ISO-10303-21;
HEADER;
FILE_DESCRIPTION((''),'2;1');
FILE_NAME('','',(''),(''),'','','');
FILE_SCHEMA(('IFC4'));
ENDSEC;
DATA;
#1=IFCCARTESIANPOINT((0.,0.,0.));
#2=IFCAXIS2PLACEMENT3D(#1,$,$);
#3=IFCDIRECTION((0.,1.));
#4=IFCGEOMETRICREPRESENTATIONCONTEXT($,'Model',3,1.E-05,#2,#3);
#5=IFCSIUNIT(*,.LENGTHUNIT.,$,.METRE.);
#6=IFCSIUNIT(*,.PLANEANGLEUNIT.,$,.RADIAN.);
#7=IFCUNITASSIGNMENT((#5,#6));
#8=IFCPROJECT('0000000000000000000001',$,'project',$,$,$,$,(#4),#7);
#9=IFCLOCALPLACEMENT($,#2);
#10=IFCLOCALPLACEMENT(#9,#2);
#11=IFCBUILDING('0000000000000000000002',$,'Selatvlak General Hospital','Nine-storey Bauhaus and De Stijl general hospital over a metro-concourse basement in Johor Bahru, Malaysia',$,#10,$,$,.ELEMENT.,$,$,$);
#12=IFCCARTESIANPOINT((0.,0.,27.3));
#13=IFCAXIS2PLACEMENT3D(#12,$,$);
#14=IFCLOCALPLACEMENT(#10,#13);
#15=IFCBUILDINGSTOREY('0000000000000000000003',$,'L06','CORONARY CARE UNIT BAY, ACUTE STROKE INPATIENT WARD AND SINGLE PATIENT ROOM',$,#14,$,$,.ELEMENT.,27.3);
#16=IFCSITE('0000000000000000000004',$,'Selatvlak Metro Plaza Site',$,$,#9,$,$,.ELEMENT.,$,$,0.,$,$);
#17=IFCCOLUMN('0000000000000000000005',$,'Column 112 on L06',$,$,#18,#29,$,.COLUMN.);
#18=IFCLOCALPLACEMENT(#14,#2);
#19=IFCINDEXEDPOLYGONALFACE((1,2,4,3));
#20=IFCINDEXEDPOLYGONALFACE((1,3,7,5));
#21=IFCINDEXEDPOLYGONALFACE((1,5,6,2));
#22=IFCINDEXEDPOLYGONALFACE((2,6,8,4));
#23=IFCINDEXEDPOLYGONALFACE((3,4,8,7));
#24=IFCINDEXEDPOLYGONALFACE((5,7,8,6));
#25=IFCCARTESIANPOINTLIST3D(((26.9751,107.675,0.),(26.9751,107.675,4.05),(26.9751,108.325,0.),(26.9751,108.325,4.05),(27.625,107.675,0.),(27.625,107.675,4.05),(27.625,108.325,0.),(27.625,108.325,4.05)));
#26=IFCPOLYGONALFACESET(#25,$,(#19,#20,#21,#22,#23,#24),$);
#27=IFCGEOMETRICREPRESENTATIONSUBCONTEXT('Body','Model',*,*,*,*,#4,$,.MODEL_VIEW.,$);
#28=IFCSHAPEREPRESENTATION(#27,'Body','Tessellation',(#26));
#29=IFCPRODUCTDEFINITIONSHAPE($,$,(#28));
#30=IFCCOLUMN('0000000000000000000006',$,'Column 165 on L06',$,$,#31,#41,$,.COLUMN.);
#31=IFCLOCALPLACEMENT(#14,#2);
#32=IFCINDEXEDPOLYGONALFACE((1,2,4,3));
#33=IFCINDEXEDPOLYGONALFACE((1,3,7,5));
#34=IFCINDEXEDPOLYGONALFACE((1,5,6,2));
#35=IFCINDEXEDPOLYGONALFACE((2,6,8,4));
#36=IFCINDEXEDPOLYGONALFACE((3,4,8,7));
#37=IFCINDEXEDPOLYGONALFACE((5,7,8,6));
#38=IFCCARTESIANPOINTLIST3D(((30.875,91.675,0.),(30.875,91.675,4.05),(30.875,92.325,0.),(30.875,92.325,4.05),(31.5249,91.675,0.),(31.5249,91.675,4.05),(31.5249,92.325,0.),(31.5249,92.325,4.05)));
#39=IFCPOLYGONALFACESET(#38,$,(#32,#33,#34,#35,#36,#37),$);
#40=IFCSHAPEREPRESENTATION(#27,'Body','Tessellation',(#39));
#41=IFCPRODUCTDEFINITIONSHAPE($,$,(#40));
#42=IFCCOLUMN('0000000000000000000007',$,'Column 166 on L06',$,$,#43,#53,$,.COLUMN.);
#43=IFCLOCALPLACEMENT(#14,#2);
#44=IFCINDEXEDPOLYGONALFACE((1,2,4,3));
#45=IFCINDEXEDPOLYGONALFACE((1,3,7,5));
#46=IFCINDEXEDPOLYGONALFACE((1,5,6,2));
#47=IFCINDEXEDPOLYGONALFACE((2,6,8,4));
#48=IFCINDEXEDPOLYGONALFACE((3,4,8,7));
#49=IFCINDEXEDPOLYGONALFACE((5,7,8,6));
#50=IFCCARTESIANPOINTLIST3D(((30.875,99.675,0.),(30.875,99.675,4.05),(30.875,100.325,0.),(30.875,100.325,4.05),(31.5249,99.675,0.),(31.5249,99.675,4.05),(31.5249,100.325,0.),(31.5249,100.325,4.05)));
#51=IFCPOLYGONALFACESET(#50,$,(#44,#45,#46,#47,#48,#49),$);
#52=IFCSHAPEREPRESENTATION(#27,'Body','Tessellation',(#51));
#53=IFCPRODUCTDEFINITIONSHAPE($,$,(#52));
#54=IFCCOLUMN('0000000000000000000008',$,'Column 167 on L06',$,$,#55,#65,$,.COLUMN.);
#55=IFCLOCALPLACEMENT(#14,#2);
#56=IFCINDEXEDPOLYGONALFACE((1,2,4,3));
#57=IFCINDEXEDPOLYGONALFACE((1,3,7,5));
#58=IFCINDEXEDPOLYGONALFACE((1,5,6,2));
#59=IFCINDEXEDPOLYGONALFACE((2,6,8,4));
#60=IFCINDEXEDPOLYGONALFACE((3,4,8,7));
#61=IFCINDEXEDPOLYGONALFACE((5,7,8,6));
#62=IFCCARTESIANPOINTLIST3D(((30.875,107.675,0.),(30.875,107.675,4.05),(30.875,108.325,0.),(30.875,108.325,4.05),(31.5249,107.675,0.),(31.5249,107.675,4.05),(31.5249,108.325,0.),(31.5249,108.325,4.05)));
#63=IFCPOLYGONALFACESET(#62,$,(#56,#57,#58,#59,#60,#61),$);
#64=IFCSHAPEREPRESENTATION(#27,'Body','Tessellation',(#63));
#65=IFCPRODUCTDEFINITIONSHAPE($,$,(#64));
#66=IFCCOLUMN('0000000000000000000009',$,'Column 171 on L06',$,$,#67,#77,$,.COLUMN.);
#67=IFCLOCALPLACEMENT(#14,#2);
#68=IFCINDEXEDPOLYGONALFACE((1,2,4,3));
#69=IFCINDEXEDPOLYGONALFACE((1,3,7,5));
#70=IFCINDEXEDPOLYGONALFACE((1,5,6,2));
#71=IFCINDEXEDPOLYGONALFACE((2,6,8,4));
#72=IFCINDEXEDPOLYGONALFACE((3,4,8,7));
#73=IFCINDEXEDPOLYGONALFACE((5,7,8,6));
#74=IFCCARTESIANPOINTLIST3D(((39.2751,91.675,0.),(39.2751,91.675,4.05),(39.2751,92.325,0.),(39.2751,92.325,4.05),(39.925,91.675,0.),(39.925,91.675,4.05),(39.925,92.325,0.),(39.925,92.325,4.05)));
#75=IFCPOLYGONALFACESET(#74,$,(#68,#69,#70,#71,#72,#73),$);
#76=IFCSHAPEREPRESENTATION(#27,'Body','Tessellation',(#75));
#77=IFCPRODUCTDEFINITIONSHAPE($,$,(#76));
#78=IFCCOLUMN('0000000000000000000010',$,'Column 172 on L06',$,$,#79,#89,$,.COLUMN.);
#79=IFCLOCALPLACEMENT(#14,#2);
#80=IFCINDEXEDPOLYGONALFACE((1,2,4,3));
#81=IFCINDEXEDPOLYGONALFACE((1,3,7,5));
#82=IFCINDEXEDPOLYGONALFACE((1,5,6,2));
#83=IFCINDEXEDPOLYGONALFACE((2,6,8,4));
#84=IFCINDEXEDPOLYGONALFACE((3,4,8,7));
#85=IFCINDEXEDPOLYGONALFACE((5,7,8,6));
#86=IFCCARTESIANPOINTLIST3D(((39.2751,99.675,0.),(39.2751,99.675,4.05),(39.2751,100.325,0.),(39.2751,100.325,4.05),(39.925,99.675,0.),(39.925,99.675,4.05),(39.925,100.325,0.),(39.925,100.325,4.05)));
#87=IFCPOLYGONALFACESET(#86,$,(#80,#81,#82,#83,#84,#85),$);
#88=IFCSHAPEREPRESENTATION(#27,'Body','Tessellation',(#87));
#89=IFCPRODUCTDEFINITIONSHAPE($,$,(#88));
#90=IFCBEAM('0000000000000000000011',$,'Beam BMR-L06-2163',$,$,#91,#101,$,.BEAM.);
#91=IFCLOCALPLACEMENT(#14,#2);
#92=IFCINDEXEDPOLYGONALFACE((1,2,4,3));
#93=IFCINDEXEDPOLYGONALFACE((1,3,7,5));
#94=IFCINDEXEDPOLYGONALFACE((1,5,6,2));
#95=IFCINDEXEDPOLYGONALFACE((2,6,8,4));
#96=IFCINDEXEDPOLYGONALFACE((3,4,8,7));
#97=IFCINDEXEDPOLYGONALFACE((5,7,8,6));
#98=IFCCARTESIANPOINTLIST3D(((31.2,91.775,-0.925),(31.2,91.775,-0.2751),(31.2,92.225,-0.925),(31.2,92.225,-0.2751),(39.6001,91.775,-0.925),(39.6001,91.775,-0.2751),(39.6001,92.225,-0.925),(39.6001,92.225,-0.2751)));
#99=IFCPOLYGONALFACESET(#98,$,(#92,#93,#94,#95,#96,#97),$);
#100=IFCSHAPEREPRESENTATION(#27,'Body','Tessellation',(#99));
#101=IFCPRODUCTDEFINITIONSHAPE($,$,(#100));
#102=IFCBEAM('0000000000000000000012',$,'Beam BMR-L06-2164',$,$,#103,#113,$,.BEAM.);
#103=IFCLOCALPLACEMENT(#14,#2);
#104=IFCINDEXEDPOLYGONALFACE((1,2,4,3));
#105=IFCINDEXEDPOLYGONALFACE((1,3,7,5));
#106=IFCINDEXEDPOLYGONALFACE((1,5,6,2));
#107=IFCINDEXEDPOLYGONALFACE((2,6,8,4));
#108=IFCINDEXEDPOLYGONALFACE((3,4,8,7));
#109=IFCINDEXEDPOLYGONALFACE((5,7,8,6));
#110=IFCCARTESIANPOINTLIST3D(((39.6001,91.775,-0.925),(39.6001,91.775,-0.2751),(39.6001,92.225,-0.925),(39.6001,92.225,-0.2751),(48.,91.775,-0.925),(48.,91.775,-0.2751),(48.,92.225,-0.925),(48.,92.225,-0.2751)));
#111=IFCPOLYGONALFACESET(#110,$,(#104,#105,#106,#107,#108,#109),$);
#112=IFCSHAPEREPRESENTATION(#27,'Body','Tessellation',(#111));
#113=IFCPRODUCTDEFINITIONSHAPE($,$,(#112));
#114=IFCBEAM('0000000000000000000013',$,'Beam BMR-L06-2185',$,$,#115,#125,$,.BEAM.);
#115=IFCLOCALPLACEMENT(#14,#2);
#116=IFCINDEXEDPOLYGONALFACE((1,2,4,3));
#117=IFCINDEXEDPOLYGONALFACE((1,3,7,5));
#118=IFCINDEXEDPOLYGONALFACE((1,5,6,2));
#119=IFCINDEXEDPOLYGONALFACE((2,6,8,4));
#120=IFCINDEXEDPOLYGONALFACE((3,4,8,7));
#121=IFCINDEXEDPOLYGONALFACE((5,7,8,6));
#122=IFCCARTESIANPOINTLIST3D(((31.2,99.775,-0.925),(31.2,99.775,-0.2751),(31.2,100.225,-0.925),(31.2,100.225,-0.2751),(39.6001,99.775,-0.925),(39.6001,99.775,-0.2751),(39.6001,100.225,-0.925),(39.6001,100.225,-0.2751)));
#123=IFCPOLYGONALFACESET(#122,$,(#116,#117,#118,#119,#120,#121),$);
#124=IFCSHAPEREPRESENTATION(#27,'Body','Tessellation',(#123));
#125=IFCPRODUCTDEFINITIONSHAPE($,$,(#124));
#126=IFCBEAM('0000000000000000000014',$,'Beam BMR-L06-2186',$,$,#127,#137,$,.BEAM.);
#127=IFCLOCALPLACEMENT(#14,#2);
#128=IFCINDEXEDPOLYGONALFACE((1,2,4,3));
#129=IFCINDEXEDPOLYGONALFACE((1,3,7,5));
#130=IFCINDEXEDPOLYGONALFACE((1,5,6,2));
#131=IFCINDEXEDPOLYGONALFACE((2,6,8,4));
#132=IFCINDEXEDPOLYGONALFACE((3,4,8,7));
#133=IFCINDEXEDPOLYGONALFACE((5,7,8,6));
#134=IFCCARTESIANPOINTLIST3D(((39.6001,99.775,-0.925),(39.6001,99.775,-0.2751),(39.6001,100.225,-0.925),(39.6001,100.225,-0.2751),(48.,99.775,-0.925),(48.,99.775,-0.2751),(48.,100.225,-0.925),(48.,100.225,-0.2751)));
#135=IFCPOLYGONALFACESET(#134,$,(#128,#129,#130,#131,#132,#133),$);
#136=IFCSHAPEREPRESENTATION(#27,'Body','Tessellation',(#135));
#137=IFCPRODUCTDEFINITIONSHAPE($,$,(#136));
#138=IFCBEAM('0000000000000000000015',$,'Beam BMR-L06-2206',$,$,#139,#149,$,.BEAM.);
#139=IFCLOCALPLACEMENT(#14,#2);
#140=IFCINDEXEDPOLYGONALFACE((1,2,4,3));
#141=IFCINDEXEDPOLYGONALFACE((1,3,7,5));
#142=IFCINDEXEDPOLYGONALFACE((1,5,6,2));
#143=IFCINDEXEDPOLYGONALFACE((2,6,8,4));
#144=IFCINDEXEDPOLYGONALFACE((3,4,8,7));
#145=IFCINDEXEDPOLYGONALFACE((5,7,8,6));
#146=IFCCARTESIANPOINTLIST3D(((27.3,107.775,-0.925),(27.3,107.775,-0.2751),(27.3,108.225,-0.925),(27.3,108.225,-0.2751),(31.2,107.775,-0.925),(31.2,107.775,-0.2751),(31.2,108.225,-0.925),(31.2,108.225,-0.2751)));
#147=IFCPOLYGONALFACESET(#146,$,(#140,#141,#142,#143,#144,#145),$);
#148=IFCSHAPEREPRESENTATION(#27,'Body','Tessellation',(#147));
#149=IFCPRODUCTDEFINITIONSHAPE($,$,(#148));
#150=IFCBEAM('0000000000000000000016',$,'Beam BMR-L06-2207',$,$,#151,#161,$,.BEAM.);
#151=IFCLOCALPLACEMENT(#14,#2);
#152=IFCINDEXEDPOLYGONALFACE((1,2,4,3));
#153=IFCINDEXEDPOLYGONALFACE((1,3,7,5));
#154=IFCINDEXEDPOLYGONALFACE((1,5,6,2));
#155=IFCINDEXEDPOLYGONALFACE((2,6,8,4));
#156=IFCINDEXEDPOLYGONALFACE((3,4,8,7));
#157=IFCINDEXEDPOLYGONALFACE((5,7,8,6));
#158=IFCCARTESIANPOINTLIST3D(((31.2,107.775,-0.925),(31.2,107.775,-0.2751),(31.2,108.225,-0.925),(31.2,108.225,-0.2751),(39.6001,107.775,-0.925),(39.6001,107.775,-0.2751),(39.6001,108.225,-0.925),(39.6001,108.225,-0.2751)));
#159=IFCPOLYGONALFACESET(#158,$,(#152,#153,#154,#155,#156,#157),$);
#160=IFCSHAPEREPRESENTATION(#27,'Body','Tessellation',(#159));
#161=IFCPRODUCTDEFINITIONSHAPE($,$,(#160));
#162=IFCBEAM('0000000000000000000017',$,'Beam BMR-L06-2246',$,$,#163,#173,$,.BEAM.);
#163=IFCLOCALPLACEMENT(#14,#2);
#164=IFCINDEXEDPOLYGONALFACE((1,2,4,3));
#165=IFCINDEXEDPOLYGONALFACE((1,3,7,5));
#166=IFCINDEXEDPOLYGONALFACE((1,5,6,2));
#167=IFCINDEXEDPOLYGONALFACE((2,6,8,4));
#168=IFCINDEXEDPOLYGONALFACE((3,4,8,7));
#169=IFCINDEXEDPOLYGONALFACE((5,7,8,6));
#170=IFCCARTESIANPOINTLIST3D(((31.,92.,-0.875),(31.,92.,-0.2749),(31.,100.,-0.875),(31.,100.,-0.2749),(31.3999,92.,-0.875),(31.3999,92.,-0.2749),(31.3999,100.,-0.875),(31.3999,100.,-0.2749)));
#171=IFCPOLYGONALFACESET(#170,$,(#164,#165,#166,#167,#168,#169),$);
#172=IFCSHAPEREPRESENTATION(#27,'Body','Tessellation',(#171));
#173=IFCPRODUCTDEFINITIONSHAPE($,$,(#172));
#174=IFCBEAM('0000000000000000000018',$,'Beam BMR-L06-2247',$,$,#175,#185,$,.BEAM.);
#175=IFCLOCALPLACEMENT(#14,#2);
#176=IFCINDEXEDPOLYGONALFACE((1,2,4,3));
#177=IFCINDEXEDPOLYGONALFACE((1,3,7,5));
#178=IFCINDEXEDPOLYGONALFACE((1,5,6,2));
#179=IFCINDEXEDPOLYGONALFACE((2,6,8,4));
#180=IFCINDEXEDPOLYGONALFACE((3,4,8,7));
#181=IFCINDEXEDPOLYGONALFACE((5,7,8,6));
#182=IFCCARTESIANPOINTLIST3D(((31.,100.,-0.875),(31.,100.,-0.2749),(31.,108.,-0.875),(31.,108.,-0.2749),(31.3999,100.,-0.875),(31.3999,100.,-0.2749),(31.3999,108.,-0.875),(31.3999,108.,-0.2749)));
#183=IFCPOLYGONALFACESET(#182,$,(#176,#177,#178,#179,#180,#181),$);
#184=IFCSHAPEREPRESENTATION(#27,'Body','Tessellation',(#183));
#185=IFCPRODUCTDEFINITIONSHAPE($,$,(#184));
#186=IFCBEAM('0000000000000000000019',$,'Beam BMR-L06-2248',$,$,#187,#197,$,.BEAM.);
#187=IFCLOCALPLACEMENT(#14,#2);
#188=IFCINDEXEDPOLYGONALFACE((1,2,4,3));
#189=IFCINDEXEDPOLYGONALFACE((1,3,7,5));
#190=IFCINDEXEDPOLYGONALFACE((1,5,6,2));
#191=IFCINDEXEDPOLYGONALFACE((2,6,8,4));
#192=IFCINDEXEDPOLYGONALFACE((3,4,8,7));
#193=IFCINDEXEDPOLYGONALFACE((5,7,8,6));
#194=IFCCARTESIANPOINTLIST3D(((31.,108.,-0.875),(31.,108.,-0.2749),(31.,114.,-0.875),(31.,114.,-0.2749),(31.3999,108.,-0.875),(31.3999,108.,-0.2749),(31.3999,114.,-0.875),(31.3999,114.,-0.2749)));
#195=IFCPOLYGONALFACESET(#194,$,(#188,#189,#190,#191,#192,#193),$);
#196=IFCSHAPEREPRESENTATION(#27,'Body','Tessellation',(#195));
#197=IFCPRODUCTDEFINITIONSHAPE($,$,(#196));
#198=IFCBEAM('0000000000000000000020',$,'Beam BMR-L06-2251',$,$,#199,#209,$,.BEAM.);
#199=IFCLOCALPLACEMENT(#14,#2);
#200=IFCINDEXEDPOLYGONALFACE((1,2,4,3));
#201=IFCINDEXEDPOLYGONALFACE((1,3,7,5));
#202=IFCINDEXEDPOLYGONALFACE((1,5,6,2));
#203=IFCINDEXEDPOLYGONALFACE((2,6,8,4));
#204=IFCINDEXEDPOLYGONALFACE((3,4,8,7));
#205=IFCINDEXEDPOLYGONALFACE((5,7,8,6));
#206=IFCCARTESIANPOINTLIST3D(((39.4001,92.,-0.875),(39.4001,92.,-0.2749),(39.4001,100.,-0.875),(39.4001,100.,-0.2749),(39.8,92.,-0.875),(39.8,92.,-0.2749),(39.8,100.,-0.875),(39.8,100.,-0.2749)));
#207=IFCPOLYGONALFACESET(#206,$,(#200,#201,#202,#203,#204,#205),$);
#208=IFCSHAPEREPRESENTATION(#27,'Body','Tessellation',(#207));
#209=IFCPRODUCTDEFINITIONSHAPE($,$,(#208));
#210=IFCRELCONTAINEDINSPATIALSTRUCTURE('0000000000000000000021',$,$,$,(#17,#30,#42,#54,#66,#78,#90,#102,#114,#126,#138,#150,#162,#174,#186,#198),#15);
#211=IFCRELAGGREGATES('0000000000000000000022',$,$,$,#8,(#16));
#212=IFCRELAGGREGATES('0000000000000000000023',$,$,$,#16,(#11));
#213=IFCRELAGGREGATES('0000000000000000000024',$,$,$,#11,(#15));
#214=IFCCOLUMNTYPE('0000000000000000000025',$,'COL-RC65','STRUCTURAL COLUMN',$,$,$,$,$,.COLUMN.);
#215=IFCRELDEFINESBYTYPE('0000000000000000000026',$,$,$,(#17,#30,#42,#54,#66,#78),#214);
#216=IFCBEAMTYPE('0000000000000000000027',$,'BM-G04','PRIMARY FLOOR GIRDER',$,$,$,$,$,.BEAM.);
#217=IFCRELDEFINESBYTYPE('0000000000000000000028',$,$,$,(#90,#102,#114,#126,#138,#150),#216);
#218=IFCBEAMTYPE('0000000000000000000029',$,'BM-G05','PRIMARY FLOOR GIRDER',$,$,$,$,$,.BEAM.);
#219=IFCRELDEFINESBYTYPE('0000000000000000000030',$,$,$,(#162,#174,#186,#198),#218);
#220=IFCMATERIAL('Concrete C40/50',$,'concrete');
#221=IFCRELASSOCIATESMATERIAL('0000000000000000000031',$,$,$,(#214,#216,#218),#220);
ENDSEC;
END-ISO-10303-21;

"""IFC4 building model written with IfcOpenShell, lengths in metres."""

from ifc_helpers import new_model, si_unit, direction, frame, origin, origin_2d, place, context, subcontext, project, spatial, rectangle, extrude, material, material_profile, profile_set, type_object, element, save


model = new_model("IFC4")

# Units and contexts
model_context = context("Model", 3, precision=1e-05, world=origin(), true_north=direction((0.0, 1.0)))
body_context = subcontext(model_context, "Body", "Model", "MODEL_VIEW")
ifc_project = project(units=[si_unit("LENGTHUNIT", "METRE"), si_unit("PLANEANGLEUNIT", "RADIAN")], contexts=[model_context])

# Site, building, storey
site_placement = place(None, origin())
site = spatial("IfcSite", under=ifc_project, at=site_placement, Name="Selatvlak Metro Plaza Site", CompositionType="ELEMENT", RefElevation=0.0)
building_placement = place(site_placement, origin())
building = spatial("IfcBuilding", under=site, at=building_placement, Name="Selatvlak General Hospital", Description="Nine-storey Bauhaus and De Stijl general hospital over a metro-concourse basement in Johor Bahru, Malaysia", CompositionType="ELEMENT")
storey_placement = place(building_placement, frame((0.0, 0.0, 27.3)))
storey = spatial("IfcBuildingStorey", under=building, at=storey_placement, Name="L06", Description="CORONARY CARE UNIT BAY, ACUTE STROKE INPATIENT WARD AND SINGLE PATIENT ROOM", CompositionType="ELEMENT", Elevation=27.3)

# Columns
ifc_material_1 = material(Name="Concrete C40/50", Category="concrete")
ifc_material_profile_1 = material_profile(ifc_material_1, rectangle(XDim=0.6499, YDim=0.6499, at=origin_2d()), Name="RC-COL 650x650")
ifc_profile_set_1 = profile_set([ifc_material_profile_1], Name="Concrete C40/50")
column_type = type_object("IfcColumnType", Name="COL-RC65", Description="STRUCTURAL COLUMN", PredefinedType="COLUMN", material=ifc_profile_set_1)
for number, where, z_axis, x_axis, name in (
    (1, (27.3, 108.0, 0.0), (0.0, 0.0, 1.0), (1.0, 0.0, 0.0), "Column 112 on L06"),
    (2, (31.2, 92.0, 0.0), (0.0, 0.0, 1.0), (1.0, 0.0, 0.0), "Column 165 on L06"),
    (3, (31.2, 100.0, 0.0), (0.0, 0.0, 1.0), (1.0, 0.0, 0.0), "Column 166 on L06"),
    (4, (31.2, 108.0, 0.0), (0.0, 0.0, 1.0), (1.0, 0.0, 0.0), "Column 167 on L06"),
    (5, (39.6001, 92.0, 0.0), (0.0, 0.0, 1.0), (1.0, 0.0, 0.0), "Column 171 on L06"),
    (6, (39.6001, 100.0, 0.0), (0.0, 0.0, 1.0), (1.0, 0.0, 0.0), "Column 172 on L06"),
):
    element("IfcColumn", number, at=place(storey_placement, frame(where, z_axis=z_axis, x_axis=x_axis)), inside=storey, type_object=column_type, Name=name, PredefinedType="COLUMN", context=body_context, shape_type="SweptSolid", body=[
        extrude(rectangle(XDim=0.6499, YDim=0.6499, at=origin_2d()), origin(), (0.0, 0.0, 1.0), 4.05),
    ])

# Beams
ifc_material_profile_2 = material_profile(ifc_material_1, rectangle(XDim=0.45, YDim=0.6499, at=origin_2d()), Name="RC-BM 450x650")
ifc_profile_set_2 = profile_set([ifc_material_profile_2], Name="Concrete C40/50")
beam_type_1 = type_object("IfcBeamType", Name="BM-G04", Description="PRIMARY FLOOR GIRDER", PredefinedType="BEAM", material=ifc_profile_set_2)
beam_1_placement = place(storey_placement, frame((31.2, 92.0, -0.6001), z_axis=(1.0, 0.0, 0.0), x_axis=(0.0, 1.0, 0.0)))
element("IfcBeam", 7, at=beam_1_placement, inside=storey, type_object=beam_type_1, Name="Beam BMR-L06-2163", PredefinedType="BEAM", context=body_context, shape_type="SweptSolid", body=[
    extrude(rectangle(XDim=0.45, YDim=0.6499, at=origin_2d()), origin(), (0.0, 0.0, 1.0), 8.4001),
])
beam_2_placement = place(storey_placement, frame((39.6001, 92.0, -0.6001), z_axis=(1.0, 0.0, 0.0), x_axis=(0.0, 1.0, 0.0)))
element("IfcBeam", 8, at=beam_2_placement, inside=storey, type_object=beam_type_1, Name="Beam BMR-L06-2164", PredefinedType="BEAM", context=body_context, shape_type="SweptSolid", body=[
    extrude(rectangle(XDim=0.45, YDim=0.6499, at=origin_2d()), origin(), (0.0, 0.0, 1.0), 8.3999),
])
beam_3_placement = place(storey_placement, frame((31.2, 100.0, -0.6001), z_axis=(1.0, 0.0, 0.0), x_axis=(0.0, 1.0, 0.0)))
element("IfcBeam", 9, at=beam_3_placement, inside=storey, type_object=beam_type_1, Name="Beam BMR-L06-2185", PredefinedType="BEAM", context=body_context, shape_type="SweptSolid", body=[
    extrude(rectangle(XDim=0.45, YDim=0.6499, at=origin_2d()), origin(), (0.0, 0.0, 1.0), 8.4001),
])
beam_4_placement = place(storey_placement, frame((39.6001, 100.0, -0.6001), z_axis=(1.0, 0.0, 0.0), x_axis=(0.0, 1.0, 0.0)))
element("IfcBeam", 10, at=beam_4_placement, inside=storey, type_object=beam_type_1, Name="Beam BMR-L06-2186", PredefinedType="BEAM", context=body_context, shape_type="SweptSolid", body=[
    extrude(rectangle(XDim=0.45, YDim=0.6499, at=origin_2d()), origin(), (0.0, 0.0, 1.0), 8.3999),
])
beam_5_placement = place(storey_placement, frame((27.3, 108.0, -0.6001), z_axis=(1.0, 0.0, 0.0), x_axis=(0.0, 1.0, 0.0)))
element("IfcBeam", 11, at=beam_5_placement, inside=storey, type_object=beam_type_1, Name="Beam BMR-L06-2206", PredefinedType="BEAM", context=body_context, shape_type="SweptSolid", body=[
    extrude(rectangle(XDim=0.45, YDim=0.6499, at=origin_2d()), origin(), (0.0, 0.0, 1.0), 3.8999),
])
beam_6_placement = place(storey_placement, frame((31.2, 108.0, -0.6001), z_axis=(1.0, 0.0, 0.0), x_axis=(0.0, 1.0, 0.0)))
element("IfcBeam", 12, at=beam_6_placement, inside=storey, type_object=beam_type_1, Name="Beam BMR-L06-2207", PredefinedType="BEAM", context=body_context, shape_type="SweptSolid", body=[
    extrude(rectangle(XDim=0.45, YDim=0.6499, at=origin_2d()), origin(), (0.0, 0.0, 1.0), 8.4001),
])
ifc_material_profile_3 = material_profile(ifc_material_1, rectangle(XDim=0.3999, YDim=0.6001, at=origin_2d()), Name="RC-BM 400x600")
ifc_profile_set_3 = profile_set([ifc_material_profile_3], Name="Concrete C40/50")
beam_type_2 = type_object("IfcBeamType", Name="BM-G05", Description="PRIMARY FLOOR GIRDER", PredefinedType="BEAM", material=ifc_profile_set_3)
for number, where, z_axis, x_axis, name in (
    (13, (31.2, 92.0, -0.575), (0.0, 1.0, 0.0), (-1.0, 0.0, 0.0), "Beam BMR-L06-2246"),
    (14, (31.2, 100.0, -0.575), (0.0, 1.0, 0.0), (-1.0, 0.0, 0.0), "Beam BMR-L06-2247"),
):
    element("IfcBeam", number, at=place(storey_placement, frame(where, z_axis=z_axis, x_axis=x_axis)), inside=storey, type_object=beam_type_2, Name=name, PredefinedType="BEAM", context=body_context, shape_type="SweptSolid", body=[
        extrude(rectangle(XDim=0.3999, YDim=0.6001, at=origin_2d()), origin(), (0.0, 0.0, 1.0), 8.0),
    ])
beam_7_placement = place(storey_placement, frame((31.2, 108.0, -0.575), z_axis=(0.0, 1.0, 0.0), x_axis=(-1.0, 0.0, 0.0)))
element("IfcBeam", 15, at=beam_7_placement, inside=storey, type_object=beam_type_2, Name="Beam BMR-L06-2248", PredefinedType="BEAM", context=body_context, shape_type="SweptSolid", body=[
    extrude(rectangle(XDim=0.3999, YDim=0.6001, at=origin_2d()), origin(), (0.0, 0.0, 1.0), 6.0),
])
for number, where, z_axis, x_axis, name in (
    (16, (39.6001, 92.0, -0.575), (0.0, 1.0, 0.0), (-1.0, 0.0, 0.0), "Beam BMR-L06-2251"),
):
    element("IfcBeam", number, at=place(storey_placement, frame(where, z_axis=z_axis, x_axis=x_axis)), inside=storey, type_object=beam_type_2, Name=name, PredefinedType="BEAM", context=body_context, shape_type="SweptSolid", body=[
        extrude(rectangle(XDim=0.3999, YDim=0.6001, at=origin_2d()), origin(), (0.0, 0.0, 1.0), 8.0),
    ])

save(model, "model.ifc")
